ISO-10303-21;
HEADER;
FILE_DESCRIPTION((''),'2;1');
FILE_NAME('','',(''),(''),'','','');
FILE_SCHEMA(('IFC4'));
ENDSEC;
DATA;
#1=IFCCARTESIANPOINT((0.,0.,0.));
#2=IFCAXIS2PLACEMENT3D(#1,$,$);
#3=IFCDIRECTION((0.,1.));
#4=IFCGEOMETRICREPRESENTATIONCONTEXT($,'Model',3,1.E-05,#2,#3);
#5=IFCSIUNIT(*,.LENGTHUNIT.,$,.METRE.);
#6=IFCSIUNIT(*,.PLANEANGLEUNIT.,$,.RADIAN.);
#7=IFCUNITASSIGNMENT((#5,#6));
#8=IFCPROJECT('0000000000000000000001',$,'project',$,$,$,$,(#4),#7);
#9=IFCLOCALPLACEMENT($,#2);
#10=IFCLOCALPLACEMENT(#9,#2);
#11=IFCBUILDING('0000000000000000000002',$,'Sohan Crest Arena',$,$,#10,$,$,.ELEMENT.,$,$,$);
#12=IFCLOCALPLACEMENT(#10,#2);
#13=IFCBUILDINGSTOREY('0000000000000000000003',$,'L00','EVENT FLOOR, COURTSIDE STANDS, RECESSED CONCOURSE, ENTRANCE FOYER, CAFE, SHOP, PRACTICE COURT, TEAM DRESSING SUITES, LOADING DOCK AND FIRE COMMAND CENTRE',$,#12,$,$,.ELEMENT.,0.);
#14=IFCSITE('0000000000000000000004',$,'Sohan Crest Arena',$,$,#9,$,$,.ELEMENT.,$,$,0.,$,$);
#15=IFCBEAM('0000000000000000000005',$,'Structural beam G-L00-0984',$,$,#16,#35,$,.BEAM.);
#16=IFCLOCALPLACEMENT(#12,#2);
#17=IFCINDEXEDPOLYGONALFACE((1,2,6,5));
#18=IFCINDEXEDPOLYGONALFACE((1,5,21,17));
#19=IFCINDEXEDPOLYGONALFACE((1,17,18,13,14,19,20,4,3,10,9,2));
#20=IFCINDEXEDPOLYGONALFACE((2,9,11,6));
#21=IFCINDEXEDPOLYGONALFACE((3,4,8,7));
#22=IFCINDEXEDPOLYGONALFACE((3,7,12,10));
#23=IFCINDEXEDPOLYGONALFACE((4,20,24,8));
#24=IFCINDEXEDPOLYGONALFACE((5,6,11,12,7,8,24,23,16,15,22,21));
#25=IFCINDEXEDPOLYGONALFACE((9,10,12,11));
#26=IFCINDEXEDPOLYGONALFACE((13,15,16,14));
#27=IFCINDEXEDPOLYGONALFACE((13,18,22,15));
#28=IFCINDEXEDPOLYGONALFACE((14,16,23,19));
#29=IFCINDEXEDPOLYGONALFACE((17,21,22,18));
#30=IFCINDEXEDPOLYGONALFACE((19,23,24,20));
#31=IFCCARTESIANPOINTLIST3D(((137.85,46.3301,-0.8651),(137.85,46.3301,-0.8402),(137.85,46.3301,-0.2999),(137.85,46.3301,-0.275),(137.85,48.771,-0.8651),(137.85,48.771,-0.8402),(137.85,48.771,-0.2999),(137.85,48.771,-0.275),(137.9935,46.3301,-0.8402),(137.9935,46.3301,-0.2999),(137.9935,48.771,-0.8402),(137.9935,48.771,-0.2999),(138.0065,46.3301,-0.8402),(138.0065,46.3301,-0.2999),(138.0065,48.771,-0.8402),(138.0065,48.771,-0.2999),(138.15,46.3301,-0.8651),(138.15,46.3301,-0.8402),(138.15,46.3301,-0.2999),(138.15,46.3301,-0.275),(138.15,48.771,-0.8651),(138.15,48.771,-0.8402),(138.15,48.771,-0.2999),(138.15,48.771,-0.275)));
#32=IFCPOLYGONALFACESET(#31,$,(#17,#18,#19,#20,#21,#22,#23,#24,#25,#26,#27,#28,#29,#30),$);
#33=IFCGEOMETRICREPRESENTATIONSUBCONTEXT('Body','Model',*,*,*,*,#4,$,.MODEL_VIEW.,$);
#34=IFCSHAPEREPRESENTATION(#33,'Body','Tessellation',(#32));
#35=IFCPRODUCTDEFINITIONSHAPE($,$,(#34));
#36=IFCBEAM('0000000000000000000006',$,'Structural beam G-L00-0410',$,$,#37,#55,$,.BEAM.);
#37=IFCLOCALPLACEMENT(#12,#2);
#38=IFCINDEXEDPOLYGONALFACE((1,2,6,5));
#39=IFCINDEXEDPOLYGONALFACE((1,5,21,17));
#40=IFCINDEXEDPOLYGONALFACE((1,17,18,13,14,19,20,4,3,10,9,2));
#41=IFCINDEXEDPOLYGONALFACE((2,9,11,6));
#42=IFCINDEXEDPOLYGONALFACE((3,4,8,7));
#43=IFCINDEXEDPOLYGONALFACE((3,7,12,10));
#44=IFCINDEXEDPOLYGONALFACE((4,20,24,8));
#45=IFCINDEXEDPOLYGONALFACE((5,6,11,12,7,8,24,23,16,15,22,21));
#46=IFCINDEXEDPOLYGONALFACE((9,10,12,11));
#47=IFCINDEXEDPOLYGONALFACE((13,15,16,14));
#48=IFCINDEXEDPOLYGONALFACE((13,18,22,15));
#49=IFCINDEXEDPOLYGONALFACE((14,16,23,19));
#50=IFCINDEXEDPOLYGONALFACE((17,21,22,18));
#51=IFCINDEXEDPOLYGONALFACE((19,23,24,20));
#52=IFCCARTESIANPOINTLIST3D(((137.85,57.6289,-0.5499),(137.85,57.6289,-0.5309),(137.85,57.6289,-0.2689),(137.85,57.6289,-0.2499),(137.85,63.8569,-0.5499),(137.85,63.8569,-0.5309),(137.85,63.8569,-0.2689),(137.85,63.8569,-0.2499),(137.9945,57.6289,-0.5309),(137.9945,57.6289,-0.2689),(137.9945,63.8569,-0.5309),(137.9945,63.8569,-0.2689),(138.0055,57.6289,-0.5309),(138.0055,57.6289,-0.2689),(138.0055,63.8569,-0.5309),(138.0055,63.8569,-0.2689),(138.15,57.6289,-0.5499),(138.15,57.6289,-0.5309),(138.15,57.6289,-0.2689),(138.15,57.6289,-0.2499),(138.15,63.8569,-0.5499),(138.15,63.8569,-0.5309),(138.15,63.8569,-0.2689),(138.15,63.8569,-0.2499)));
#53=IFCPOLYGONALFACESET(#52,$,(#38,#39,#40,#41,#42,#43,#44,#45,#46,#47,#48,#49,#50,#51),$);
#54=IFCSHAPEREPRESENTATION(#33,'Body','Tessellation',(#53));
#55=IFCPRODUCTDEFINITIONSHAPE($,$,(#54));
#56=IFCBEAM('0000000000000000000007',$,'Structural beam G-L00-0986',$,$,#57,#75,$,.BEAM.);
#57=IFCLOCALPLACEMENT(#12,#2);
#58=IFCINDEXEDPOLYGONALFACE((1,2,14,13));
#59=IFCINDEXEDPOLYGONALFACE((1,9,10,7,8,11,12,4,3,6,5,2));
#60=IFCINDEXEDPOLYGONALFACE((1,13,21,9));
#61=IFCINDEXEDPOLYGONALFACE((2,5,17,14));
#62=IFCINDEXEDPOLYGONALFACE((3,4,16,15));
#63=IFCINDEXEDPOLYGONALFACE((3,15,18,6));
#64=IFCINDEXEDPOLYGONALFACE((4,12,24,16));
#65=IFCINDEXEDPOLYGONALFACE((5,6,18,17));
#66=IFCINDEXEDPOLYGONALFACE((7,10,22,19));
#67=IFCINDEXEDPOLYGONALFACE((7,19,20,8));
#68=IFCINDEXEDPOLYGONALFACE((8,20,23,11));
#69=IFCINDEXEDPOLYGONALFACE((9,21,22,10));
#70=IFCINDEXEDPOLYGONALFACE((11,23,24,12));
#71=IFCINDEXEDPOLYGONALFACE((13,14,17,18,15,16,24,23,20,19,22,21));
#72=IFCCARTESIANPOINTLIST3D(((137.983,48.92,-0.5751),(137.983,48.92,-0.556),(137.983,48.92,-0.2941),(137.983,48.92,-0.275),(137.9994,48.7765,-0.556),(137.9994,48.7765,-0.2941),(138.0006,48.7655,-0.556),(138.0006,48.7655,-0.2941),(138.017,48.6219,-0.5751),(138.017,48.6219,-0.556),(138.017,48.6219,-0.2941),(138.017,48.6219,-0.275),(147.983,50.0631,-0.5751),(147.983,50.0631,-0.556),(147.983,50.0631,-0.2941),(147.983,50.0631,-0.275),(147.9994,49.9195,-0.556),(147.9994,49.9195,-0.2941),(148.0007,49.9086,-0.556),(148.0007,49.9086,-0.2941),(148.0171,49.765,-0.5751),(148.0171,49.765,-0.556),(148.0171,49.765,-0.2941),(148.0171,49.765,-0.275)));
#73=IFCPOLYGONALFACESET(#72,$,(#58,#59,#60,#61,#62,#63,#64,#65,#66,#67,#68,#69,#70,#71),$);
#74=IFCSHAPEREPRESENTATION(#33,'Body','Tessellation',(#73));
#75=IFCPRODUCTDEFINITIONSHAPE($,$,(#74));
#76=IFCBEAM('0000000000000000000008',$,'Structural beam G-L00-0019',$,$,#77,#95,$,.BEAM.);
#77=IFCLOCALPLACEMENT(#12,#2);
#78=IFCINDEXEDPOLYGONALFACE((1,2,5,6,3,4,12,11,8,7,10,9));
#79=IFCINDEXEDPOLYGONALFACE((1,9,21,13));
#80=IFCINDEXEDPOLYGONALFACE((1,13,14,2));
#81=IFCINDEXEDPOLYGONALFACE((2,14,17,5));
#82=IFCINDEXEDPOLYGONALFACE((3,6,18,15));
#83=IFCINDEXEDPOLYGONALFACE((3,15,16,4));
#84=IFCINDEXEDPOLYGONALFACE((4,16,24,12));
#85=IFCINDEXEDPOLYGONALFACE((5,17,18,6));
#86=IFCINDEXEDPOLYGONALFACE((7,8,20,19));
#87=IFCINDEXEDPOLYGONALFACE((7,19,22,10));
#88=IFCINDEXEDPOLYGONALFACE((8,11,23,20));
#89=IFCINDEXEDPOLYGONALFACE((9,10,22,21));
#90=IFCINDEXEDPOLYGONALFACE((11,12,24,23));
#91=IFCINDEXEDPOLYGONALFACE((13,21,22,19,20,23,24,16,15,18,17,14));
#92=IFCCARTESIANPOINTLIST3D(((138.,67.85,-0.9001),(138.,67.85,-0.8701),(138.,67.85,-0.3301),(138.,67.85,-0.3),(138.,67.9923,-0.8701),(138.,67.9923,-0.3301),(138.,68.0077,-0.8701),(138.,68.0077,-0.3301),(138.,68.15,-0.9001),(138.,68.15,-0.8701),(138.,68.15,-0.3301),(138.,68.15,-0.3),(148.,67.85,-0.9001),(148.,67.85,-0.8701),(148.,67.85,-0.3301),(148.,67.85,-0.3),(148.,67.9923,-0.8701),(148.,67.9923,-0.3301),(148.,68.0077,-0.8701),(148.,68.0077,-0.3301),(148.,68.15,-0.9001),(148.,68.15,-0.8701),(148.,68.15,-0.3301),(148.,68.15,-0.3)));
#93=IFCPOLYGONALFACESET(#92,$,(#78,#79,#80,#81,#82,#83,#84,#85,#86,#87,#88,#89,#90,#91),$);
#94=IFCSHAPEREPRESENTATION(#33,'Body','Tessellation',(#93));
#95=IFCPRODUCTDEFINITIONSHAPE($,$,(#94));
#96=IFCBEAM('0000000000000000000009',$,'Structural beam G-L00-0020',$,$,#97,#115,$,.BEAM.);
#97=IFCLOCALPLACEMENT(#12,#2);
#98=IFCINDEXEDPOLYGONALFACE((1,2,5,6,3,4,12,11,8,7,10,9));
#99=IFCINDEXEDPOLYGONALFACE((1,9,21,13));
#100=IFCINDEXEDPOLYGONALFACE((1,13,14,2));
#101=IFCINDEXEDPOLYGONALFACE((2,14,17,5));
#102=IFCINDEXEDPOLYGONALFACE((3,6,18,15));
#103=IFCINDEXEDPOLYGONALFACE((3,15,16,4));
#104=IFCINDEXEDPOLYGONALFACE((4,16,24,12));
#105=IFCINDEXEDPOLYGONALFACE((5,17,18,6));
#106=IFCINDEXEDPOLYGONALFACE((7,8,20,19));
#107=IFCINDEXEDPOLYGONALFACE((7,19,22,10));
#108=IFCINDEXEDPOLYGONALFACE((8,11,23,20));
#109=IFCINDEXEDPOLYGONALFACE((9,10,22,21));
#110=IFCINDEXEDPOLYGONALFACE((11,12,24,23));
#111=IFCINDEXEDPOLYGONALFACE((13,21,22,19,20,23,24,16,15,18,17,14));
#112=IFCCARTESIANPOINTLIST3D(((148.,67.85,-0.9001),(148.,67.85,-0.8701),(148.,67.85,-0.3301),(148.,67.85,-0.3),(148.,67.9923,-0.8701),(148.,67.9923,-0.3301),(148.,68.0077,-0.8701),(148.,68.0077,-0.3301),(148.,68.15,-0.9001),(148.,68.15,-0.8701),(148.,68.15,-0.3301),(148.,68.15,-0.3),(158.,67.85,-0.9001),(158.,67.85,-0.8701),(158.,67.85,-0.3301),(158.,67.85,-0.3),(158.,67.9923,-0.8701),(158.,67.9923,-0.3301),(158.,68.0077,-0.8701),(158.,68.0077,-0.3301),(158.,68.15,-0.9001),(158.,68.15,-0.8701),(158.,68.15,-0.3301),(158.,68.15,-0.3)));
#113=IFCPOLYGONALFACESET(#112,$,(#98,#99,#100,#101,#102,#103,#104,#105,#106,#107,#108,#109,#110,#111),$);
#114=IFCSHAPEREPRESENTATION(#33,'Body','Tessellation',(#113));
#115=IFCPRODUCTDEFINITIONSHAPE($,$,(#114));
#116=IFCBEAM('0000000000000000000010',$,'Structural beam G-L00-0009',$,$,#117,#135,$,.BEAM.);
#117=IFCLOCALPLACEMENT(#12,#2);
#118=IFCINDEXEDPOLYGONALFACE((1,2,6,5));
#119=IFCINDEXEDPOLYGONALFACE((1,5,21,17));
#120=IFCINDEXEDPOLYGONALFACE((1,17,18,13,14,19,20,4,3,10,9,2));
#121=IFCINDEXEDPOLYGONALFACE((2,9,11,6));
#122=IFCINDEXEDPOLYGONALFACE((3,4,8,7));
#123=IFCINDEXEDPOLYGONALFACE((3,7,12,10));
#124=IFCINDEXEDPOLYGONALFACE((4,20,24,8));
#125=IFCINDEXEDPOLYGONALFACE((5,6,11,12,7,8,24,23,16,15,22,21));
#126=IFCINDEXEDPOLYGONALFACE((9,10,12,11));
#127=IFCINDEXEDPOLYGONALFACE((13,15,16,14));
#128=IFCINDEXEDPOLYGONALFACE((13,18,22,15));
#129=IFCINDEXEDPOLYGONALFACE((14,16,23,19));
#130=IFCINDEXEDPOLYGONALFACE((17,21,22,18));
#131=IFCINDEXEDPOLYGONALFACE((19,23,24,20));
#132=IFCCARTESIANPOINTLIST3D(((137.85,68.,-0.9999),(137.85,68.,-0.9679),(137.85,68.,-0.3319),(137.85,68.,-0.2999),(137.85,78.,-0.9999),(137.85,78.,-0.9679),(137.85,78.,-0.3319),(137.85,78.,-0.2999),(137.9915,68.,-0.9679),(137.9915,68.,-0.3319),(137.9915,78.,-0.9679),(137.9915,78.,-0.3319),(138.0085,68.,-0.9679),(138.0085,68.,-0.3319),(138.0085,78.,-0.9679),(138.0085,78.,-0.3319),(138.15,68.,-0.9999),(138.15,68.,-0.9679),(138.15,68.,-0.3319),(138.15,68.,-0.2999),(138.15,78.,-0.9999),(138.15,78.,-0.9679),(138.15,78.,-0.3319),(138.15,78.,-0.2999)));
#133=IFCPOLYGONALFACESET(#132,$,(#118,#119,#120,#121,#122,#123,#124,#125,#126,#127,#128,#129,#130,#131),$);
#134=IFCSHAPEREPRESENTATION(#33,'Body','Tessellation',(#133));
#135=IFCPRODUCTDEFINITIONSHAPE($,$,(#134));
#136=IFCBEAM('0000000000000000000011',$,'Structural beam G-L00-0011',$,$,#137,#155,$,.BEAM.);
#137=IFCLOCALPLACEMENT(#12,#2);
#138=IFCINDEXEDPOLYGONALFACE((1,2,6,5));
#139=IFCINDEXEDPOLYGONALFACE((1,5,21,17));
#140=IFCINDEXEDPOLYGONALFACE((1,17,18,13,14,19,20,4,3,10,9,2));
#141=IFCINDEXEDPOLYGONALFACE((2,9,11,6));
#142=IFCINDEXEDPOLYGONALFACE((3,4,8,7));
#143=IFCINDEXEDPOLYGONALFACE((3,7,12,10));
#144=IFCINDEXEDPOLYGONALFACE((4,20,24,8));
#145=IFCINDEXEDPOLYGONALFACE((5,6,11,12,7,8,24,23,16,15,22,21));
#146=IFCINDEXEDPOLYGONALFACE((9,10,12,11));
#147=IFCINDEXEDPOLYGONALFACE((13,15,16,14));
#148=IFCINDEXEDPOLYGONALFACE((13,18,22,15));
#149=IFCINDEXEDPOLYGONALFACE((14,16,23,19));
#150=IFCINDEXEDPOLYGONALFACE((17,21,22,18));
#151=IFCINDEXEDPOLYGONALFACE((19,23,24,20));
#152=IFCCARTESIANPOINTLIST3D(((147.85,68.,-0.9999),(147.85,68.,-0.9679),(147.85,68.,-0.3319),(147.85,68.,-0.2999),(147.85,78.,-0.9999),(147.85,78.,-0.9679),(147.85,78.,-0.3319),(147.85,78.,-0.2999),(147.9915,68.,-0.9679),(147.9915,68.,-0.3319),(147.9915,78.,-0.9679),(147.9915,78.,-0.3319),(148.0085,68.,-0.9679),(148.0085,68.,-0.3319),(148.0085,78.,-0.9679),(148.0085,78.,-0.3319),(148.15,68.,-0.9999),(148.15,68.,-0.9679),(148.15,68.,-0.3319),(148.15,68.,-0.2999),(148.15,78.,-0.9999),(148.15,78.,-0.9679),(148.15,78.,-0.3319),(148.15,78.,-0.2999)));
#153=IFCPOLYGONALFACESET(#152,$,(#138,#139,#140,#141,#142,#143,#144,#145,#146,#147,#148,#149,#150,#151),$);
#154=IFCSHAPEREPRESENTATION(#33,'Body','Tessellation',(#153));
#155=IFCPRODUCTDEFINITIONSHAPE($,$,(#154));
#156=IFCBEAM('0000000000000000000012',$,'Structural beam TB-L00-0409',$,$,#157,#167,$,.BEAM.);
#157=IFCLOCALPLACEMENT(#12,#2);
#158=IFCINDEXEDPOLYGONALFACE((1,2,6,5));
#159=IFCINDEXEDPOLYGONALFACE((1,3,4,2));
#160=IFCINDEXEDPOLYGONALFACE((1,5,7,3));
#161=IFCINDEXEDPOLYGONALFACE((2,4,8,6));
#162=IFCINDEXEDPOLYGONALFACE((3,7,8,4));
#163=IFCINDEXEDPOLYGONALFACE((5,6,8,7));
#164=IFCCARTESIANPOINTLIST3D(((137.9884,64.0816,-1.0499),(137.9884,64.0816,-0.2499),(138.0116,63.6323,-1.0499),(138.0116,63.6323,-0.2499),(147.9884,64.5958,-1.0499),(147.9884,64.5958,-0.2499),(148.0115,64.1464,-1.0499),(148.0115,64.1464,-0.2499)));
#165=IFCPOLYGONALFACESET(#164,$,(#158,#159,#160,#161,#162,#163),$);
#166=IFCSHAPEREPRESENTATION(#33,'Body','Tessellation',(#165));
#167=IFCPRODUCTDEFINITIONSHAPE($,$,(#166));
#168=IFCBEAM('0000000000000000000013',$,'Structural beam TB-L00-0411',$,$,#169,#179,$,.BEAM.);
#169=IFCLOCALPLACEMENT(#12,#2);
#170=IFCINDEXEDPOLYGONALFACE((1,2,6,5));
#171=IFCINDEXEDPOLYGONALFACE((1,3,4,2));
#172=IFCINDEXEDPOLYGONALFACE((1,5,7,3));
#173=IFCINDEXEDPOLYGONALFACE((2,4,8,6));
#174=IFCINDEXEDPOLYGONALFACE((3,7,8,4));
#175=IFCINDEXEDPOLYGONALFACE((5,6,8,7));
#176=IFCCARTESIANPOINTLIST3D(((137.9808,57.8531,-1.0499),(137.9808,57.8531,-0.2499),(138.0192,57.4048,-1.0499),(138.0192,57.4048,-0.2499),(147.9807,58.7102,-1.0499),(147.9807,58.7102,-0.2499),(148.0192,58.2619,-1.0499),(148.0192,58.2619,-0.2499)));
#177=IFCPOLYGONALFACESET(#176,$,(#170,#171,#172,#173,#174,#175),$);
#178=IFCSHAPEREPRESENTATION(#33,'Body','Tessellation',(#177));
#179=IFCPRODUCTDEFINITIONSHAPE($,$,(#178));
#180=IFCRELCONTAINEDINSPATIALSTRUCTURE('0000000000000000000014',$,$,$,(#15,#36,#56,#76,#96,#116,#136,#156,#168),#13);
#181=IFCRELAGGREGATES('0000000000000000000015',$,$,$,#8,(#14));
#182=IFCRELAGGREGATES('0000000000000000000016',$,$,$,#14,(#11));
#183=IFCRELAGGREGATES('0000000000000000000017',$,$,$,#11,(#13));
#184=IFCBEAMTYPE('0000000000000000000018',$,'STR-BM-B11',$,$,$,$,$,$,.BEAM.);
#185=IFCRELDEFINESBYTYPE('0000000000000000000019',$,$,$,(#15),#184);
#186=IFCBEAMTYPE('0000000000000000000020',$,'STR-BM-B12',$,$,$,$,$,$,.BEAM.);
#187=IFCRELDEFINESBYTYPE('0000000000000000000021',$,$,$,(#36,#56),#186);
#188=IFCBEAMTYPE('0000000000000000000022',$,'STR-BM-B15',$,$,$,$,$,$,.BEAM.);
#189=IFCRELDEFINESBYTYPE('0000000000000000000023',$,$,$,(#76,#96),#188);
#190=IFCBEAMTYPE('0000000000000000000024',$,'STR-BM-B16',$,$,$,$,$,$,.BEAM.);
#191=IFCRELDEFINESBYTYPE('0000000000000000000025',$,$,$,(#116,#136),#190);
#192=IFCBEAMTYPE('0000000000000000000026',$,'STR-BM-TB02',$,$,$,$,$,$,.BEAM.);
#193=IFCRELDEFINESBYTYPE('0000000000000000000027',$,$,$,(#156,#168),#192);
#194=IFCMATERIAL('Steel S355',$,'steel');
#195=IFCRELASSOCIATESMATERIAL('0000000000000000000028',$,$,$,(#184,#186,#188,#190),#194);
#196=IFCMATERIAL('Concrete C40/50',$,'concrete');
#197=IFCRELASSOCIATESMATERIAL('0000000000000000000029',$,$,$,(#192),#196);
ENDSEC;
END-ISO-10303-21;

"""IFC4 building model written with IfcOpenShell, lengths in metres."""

from ifc_helpers import new_model, si_unit, direction, frame, origin, origin_2d, place, context, subcontext, project, spatial, rectangle, i_section, extrude, material, material_profile, profile_set, type_object, element, save


model = new_model("IFC4")

# Units and contexts
model_context = context("Model", 3, precision=1e-05, world=origin(), true_north=direction((0.0, 1.0)))
body_context = subcontext(model_context, "Body", "Model", "MODEL_VIEW")
ifc_project = project(units=[si_unit("LENGTHUNIT", "METRE"), si_unit("PLANEANGLEUNIT", "RADIAN")], contexts=[model_context])

# Site, building, storey
site_placement = place(None, origin())
site = spatial("IfcSite", under=ifc_project, at=site_placement, Name="Sohan Crest Arena", CompositionType="ELEMENT", RefElevation=0.0)
building_placement = place(site_placement, origin())
building = spatial("IfcBuilding", under=site, at=building_placement, Name="Sohan Crest Arena", CompositionType="ELEMENT")
storey_placement = place(building_placement, origin())
storey = spatial("IfcBuildingStorey", under=building, at=storey_placement, Name="L00", Description="EVENT FLOOR, COURTSIDE STANDS, RECESSED CONCOURSE, ENTRANCE FOYER, CAFE, SHOP, PRACTICE COURT, TEAM DRESSING SUITES, LOADING DOCK AND FIRE COMMAND CENTRE", CompositionType="ELEMENT", Elevation=0.0)

# Shared definitions
ifc_material_1 = material(Name="Concrete C40/50", Category="concrete")
ifc_material_2 = material(Name="Steel S355", Category="steel")

# Beams
ifc_material_profile_1 = material_profile(ifc_material_2, i_section(OverallWidth=0.3, OverallDepth=0.5901, WebThickness=0.0129, FlangeThickness=0.0249, at=origin_2d()), Name="HEA 600")
ifc_profile_set_1 = profile_set([ifc_material_profile_1], Name="Steel S355")
beam_type_1 = type_object("IfcBeamType", Name="STR-BM-B11", PredefinedType="BEAM", material=ifc_profile_set_1)
beam_1_placement = place(storey_placement, frame((138.0, 48.771, -0.5701), z_axis=(0.0, -1.0, 0.0), x_axis=(1.0, 0.0, 0.0)))
element("IfcBeam", 1, at=beam_1_placement, inside=storey, type_object=beam_type_1, Name="Structural beam G-L00-0984", PredefinedType="BEAM", context=body_context, shape_type="SweptSolid", body=[
    extrude(i_section(OverallWidth=0.3, OverallDepth=0.5901, WebThickness=0.0129, FlangeThickness=0.0249, at=origin_2d()), origin(), (0.0, 0.0, 1.0), 2.4409),
])
ifc_material_profile_2 = material_profile(ifc_material_2, i_section(OverallWidth=0.3, OverallDepth=0.3, WebThickness=0.011, FlangeThickness=0.019, at=origin_2d()), Name="HEB 300")
ifc_profile_set_2 = profile_set([ifc_material_profile_2], Name="Steel S355")
beam_type_2 = type_object("IfcBeamType", Name="STR-BM-B12", PredefinedType="BEAM", material=ifc_profile_set_2)
beam_2_placement = place(storey_placement, frame((138.0, 63.8569, -0.3999), z_axis=(0.0, -1.0, 0.0), x_axis=(1.0, 0.0, 0.0)))
element("IfcBeam", 2, at=beam_2_placement, inside=storey, type_object=beam_type_2, Name="Structural beam G-L00-0410", PredefinedType="BEAM", context=body_context, shape_type="SweptSolid", body=[
    extrude(i_section(OverallWidth=0.3, OverallDepth=0.3, WebThickness=0.011, FlangeThickness=0.019, at=origin_2d()), origin(), (0.0, 0.0, 1.0), 6.228),
])
beam_3_placement = place(storey_placement, frame((138.0, 48.771, -0.425), z_axis=(0.99353, 0.113567, 0.0), x_axis=(-0.113567, 0.99353, 0.0)))
element("IfcBeam", 3, at=beam_3_placement, inside=storey, type_object=beam_type_2, Name="Structural beam G-L00-0986", PredefinedType="BEAM", context=body_context, shape_type="SweptSolid", body=[
    extrude(i_section(OverallWidth=0.3, OverallDepth=0.3, WebThickness=0.011, FlangeThickness=0.019, at=origin_2d()), origin(), (0.0, 0.0, 1.0), 10.0652),
])
ifc_material_profile_3 = material_profile(ifc_material_2, i_section(OverallWidth=0.3, OverallDepth=0.6001, WebThickness=0.0154, FlangeThickness=0.03, at=origin_2d()), Name="HEB 600")
ifc_profile_set_3 = profile_set([ifc_material_profile_3], Name="Steel S355")
beam_type_3 = type_object("IfcBeamType", Name="STR-BM-B15", PredefinedType="BEAM", material=ifc_profile_set_3)
for number, where, z_axis, x_axis, name in (
    (4, (138.0, 68.0, -0.6001), (1.0, 0.0, 0.0), (0.0, 1.0, 0.0), "Structural beam G-L00-0019"),
    (5, (148.0, 68.0, -0.6001), (1.0, 0.0, 0.0), (0.0, 1.0, 0.0), "Structural beam G-L00-0020"),
):
    element("IfcBeam", number, at=place(storey_placement, frame(where, z_axis=z_axis, x_axis=x_axis)), inside=storey, type_object=beam_type_3, Name=name, PredefinedType="BEAM", context=body_context, shape_type="SweptSolid", body=[
        extrude(i_section(OverallWidth=0.3, OverallDepth=0.6001, WebThickness=0.0154, FlangeThickness=0.03, at=origin_2d()), origin(), (0.0, 0.0, 1.0), 10.0),
    ])
ifc_material_profile_4 = material_profile(ifc_material_2, i_section(OverallWidth=0.3, OverallDepth=0.7, WebThickness=0.0171, FlangeThickness=0.032, at=origin_2d()), Name="HEB 700")
ifc_profile_set_4 = profile_set([ifc_material_profile_4], Name="Steel S355")
beam_type_4 = type_object("IfcBeamType", Name="STR-BM-B16", PredefinedType="BEAM", material=ifc_profile_set_4)
for number, where, z_axis, x_axis, name in (
    (6, (138.0, 68.0, -0.6499), (0.0, 1.0, 0.0), (-1.0, 0.0, 0.0), "Structural beam G-L00-0009"),
    (7, (148.0, 68.0, -0.6499), (0.0, 1.0, 0.0), (-1.0, 0.0, 0.0), "Structural beam G-L00-0011"),
):
    element("IfcBeam", number, at=place(storey_placement, frame(where, z_axis=z_axis, x_axis=x_axis)), inside=storey, type_object=beam_type_4, Name=name, PredefinedType="BEAM", context=body_context, shape_type="SweptSolid", body=[
        extrude(i_section(OverallWidth=0.3, OverallDepth=0.7, WebThickness=0.0171, FlangeThickness=0.032, at=origin_2d()), origin(), (0.0, 0.0, 1.0), 10.0),
    ])
ifc_material_profile_5 = material_profile(ifc_material_1, rectangle(XDim=0.45, YDim=0.8, at=origin_2d()), Name="RC-BM 450x800")
ifc_profile_set_5 = profile_set([ifc_material_profile_5], Name="Concrete C40/50")
beam_type_5 = type_object("IfcBeamType", Name="STR-BM-TB02", PredefinedType="BEAM", material=ifc_profile_set_5)
beam_4_placement = place(storey_placement, frame((138.0, 63.8569, -0.6499), z_axis=(0.998681, 0.051348, 0.0), x_axis=(-0.051348, 0.998681, 0.0)))
element("IfcBeam", 8, at=beam_4_placement, inside=storey, type_object=beam_type_5, Name="Structural beam TB-L00-0409", PredefinedType="BEAM", context=body_context, shape_type="SweptSolid", body=[
    extrude(rectangle(XDim=0.45, YDim=0.8, at=origin_2d()), origin(), (0.0, 0.0, 1.0), 10.0132),
])
beam_5_placement = place(storey_placement, frame((138.0, 57.6289, -0.6499), z_axis=(0.996346, 0.085405, 0.0), x_axis=(-0.085405, 0.996346, 0.0)))
element("IfcBeam", 9, at=beam_5_placement, inside=storey, type_object=beam_type_5, Name="Structural beam TB-L00-0411", PredefinedType="BEAM", context=body_context, shape_type="SweptSolid", body=[
    extrude(rectangle(XDim=0.45, YDim=0.8, at=origin_2d()), origin(), (0.0, 0.0, 1.0), 10.0366),
])

save(model, "model.ifc")
